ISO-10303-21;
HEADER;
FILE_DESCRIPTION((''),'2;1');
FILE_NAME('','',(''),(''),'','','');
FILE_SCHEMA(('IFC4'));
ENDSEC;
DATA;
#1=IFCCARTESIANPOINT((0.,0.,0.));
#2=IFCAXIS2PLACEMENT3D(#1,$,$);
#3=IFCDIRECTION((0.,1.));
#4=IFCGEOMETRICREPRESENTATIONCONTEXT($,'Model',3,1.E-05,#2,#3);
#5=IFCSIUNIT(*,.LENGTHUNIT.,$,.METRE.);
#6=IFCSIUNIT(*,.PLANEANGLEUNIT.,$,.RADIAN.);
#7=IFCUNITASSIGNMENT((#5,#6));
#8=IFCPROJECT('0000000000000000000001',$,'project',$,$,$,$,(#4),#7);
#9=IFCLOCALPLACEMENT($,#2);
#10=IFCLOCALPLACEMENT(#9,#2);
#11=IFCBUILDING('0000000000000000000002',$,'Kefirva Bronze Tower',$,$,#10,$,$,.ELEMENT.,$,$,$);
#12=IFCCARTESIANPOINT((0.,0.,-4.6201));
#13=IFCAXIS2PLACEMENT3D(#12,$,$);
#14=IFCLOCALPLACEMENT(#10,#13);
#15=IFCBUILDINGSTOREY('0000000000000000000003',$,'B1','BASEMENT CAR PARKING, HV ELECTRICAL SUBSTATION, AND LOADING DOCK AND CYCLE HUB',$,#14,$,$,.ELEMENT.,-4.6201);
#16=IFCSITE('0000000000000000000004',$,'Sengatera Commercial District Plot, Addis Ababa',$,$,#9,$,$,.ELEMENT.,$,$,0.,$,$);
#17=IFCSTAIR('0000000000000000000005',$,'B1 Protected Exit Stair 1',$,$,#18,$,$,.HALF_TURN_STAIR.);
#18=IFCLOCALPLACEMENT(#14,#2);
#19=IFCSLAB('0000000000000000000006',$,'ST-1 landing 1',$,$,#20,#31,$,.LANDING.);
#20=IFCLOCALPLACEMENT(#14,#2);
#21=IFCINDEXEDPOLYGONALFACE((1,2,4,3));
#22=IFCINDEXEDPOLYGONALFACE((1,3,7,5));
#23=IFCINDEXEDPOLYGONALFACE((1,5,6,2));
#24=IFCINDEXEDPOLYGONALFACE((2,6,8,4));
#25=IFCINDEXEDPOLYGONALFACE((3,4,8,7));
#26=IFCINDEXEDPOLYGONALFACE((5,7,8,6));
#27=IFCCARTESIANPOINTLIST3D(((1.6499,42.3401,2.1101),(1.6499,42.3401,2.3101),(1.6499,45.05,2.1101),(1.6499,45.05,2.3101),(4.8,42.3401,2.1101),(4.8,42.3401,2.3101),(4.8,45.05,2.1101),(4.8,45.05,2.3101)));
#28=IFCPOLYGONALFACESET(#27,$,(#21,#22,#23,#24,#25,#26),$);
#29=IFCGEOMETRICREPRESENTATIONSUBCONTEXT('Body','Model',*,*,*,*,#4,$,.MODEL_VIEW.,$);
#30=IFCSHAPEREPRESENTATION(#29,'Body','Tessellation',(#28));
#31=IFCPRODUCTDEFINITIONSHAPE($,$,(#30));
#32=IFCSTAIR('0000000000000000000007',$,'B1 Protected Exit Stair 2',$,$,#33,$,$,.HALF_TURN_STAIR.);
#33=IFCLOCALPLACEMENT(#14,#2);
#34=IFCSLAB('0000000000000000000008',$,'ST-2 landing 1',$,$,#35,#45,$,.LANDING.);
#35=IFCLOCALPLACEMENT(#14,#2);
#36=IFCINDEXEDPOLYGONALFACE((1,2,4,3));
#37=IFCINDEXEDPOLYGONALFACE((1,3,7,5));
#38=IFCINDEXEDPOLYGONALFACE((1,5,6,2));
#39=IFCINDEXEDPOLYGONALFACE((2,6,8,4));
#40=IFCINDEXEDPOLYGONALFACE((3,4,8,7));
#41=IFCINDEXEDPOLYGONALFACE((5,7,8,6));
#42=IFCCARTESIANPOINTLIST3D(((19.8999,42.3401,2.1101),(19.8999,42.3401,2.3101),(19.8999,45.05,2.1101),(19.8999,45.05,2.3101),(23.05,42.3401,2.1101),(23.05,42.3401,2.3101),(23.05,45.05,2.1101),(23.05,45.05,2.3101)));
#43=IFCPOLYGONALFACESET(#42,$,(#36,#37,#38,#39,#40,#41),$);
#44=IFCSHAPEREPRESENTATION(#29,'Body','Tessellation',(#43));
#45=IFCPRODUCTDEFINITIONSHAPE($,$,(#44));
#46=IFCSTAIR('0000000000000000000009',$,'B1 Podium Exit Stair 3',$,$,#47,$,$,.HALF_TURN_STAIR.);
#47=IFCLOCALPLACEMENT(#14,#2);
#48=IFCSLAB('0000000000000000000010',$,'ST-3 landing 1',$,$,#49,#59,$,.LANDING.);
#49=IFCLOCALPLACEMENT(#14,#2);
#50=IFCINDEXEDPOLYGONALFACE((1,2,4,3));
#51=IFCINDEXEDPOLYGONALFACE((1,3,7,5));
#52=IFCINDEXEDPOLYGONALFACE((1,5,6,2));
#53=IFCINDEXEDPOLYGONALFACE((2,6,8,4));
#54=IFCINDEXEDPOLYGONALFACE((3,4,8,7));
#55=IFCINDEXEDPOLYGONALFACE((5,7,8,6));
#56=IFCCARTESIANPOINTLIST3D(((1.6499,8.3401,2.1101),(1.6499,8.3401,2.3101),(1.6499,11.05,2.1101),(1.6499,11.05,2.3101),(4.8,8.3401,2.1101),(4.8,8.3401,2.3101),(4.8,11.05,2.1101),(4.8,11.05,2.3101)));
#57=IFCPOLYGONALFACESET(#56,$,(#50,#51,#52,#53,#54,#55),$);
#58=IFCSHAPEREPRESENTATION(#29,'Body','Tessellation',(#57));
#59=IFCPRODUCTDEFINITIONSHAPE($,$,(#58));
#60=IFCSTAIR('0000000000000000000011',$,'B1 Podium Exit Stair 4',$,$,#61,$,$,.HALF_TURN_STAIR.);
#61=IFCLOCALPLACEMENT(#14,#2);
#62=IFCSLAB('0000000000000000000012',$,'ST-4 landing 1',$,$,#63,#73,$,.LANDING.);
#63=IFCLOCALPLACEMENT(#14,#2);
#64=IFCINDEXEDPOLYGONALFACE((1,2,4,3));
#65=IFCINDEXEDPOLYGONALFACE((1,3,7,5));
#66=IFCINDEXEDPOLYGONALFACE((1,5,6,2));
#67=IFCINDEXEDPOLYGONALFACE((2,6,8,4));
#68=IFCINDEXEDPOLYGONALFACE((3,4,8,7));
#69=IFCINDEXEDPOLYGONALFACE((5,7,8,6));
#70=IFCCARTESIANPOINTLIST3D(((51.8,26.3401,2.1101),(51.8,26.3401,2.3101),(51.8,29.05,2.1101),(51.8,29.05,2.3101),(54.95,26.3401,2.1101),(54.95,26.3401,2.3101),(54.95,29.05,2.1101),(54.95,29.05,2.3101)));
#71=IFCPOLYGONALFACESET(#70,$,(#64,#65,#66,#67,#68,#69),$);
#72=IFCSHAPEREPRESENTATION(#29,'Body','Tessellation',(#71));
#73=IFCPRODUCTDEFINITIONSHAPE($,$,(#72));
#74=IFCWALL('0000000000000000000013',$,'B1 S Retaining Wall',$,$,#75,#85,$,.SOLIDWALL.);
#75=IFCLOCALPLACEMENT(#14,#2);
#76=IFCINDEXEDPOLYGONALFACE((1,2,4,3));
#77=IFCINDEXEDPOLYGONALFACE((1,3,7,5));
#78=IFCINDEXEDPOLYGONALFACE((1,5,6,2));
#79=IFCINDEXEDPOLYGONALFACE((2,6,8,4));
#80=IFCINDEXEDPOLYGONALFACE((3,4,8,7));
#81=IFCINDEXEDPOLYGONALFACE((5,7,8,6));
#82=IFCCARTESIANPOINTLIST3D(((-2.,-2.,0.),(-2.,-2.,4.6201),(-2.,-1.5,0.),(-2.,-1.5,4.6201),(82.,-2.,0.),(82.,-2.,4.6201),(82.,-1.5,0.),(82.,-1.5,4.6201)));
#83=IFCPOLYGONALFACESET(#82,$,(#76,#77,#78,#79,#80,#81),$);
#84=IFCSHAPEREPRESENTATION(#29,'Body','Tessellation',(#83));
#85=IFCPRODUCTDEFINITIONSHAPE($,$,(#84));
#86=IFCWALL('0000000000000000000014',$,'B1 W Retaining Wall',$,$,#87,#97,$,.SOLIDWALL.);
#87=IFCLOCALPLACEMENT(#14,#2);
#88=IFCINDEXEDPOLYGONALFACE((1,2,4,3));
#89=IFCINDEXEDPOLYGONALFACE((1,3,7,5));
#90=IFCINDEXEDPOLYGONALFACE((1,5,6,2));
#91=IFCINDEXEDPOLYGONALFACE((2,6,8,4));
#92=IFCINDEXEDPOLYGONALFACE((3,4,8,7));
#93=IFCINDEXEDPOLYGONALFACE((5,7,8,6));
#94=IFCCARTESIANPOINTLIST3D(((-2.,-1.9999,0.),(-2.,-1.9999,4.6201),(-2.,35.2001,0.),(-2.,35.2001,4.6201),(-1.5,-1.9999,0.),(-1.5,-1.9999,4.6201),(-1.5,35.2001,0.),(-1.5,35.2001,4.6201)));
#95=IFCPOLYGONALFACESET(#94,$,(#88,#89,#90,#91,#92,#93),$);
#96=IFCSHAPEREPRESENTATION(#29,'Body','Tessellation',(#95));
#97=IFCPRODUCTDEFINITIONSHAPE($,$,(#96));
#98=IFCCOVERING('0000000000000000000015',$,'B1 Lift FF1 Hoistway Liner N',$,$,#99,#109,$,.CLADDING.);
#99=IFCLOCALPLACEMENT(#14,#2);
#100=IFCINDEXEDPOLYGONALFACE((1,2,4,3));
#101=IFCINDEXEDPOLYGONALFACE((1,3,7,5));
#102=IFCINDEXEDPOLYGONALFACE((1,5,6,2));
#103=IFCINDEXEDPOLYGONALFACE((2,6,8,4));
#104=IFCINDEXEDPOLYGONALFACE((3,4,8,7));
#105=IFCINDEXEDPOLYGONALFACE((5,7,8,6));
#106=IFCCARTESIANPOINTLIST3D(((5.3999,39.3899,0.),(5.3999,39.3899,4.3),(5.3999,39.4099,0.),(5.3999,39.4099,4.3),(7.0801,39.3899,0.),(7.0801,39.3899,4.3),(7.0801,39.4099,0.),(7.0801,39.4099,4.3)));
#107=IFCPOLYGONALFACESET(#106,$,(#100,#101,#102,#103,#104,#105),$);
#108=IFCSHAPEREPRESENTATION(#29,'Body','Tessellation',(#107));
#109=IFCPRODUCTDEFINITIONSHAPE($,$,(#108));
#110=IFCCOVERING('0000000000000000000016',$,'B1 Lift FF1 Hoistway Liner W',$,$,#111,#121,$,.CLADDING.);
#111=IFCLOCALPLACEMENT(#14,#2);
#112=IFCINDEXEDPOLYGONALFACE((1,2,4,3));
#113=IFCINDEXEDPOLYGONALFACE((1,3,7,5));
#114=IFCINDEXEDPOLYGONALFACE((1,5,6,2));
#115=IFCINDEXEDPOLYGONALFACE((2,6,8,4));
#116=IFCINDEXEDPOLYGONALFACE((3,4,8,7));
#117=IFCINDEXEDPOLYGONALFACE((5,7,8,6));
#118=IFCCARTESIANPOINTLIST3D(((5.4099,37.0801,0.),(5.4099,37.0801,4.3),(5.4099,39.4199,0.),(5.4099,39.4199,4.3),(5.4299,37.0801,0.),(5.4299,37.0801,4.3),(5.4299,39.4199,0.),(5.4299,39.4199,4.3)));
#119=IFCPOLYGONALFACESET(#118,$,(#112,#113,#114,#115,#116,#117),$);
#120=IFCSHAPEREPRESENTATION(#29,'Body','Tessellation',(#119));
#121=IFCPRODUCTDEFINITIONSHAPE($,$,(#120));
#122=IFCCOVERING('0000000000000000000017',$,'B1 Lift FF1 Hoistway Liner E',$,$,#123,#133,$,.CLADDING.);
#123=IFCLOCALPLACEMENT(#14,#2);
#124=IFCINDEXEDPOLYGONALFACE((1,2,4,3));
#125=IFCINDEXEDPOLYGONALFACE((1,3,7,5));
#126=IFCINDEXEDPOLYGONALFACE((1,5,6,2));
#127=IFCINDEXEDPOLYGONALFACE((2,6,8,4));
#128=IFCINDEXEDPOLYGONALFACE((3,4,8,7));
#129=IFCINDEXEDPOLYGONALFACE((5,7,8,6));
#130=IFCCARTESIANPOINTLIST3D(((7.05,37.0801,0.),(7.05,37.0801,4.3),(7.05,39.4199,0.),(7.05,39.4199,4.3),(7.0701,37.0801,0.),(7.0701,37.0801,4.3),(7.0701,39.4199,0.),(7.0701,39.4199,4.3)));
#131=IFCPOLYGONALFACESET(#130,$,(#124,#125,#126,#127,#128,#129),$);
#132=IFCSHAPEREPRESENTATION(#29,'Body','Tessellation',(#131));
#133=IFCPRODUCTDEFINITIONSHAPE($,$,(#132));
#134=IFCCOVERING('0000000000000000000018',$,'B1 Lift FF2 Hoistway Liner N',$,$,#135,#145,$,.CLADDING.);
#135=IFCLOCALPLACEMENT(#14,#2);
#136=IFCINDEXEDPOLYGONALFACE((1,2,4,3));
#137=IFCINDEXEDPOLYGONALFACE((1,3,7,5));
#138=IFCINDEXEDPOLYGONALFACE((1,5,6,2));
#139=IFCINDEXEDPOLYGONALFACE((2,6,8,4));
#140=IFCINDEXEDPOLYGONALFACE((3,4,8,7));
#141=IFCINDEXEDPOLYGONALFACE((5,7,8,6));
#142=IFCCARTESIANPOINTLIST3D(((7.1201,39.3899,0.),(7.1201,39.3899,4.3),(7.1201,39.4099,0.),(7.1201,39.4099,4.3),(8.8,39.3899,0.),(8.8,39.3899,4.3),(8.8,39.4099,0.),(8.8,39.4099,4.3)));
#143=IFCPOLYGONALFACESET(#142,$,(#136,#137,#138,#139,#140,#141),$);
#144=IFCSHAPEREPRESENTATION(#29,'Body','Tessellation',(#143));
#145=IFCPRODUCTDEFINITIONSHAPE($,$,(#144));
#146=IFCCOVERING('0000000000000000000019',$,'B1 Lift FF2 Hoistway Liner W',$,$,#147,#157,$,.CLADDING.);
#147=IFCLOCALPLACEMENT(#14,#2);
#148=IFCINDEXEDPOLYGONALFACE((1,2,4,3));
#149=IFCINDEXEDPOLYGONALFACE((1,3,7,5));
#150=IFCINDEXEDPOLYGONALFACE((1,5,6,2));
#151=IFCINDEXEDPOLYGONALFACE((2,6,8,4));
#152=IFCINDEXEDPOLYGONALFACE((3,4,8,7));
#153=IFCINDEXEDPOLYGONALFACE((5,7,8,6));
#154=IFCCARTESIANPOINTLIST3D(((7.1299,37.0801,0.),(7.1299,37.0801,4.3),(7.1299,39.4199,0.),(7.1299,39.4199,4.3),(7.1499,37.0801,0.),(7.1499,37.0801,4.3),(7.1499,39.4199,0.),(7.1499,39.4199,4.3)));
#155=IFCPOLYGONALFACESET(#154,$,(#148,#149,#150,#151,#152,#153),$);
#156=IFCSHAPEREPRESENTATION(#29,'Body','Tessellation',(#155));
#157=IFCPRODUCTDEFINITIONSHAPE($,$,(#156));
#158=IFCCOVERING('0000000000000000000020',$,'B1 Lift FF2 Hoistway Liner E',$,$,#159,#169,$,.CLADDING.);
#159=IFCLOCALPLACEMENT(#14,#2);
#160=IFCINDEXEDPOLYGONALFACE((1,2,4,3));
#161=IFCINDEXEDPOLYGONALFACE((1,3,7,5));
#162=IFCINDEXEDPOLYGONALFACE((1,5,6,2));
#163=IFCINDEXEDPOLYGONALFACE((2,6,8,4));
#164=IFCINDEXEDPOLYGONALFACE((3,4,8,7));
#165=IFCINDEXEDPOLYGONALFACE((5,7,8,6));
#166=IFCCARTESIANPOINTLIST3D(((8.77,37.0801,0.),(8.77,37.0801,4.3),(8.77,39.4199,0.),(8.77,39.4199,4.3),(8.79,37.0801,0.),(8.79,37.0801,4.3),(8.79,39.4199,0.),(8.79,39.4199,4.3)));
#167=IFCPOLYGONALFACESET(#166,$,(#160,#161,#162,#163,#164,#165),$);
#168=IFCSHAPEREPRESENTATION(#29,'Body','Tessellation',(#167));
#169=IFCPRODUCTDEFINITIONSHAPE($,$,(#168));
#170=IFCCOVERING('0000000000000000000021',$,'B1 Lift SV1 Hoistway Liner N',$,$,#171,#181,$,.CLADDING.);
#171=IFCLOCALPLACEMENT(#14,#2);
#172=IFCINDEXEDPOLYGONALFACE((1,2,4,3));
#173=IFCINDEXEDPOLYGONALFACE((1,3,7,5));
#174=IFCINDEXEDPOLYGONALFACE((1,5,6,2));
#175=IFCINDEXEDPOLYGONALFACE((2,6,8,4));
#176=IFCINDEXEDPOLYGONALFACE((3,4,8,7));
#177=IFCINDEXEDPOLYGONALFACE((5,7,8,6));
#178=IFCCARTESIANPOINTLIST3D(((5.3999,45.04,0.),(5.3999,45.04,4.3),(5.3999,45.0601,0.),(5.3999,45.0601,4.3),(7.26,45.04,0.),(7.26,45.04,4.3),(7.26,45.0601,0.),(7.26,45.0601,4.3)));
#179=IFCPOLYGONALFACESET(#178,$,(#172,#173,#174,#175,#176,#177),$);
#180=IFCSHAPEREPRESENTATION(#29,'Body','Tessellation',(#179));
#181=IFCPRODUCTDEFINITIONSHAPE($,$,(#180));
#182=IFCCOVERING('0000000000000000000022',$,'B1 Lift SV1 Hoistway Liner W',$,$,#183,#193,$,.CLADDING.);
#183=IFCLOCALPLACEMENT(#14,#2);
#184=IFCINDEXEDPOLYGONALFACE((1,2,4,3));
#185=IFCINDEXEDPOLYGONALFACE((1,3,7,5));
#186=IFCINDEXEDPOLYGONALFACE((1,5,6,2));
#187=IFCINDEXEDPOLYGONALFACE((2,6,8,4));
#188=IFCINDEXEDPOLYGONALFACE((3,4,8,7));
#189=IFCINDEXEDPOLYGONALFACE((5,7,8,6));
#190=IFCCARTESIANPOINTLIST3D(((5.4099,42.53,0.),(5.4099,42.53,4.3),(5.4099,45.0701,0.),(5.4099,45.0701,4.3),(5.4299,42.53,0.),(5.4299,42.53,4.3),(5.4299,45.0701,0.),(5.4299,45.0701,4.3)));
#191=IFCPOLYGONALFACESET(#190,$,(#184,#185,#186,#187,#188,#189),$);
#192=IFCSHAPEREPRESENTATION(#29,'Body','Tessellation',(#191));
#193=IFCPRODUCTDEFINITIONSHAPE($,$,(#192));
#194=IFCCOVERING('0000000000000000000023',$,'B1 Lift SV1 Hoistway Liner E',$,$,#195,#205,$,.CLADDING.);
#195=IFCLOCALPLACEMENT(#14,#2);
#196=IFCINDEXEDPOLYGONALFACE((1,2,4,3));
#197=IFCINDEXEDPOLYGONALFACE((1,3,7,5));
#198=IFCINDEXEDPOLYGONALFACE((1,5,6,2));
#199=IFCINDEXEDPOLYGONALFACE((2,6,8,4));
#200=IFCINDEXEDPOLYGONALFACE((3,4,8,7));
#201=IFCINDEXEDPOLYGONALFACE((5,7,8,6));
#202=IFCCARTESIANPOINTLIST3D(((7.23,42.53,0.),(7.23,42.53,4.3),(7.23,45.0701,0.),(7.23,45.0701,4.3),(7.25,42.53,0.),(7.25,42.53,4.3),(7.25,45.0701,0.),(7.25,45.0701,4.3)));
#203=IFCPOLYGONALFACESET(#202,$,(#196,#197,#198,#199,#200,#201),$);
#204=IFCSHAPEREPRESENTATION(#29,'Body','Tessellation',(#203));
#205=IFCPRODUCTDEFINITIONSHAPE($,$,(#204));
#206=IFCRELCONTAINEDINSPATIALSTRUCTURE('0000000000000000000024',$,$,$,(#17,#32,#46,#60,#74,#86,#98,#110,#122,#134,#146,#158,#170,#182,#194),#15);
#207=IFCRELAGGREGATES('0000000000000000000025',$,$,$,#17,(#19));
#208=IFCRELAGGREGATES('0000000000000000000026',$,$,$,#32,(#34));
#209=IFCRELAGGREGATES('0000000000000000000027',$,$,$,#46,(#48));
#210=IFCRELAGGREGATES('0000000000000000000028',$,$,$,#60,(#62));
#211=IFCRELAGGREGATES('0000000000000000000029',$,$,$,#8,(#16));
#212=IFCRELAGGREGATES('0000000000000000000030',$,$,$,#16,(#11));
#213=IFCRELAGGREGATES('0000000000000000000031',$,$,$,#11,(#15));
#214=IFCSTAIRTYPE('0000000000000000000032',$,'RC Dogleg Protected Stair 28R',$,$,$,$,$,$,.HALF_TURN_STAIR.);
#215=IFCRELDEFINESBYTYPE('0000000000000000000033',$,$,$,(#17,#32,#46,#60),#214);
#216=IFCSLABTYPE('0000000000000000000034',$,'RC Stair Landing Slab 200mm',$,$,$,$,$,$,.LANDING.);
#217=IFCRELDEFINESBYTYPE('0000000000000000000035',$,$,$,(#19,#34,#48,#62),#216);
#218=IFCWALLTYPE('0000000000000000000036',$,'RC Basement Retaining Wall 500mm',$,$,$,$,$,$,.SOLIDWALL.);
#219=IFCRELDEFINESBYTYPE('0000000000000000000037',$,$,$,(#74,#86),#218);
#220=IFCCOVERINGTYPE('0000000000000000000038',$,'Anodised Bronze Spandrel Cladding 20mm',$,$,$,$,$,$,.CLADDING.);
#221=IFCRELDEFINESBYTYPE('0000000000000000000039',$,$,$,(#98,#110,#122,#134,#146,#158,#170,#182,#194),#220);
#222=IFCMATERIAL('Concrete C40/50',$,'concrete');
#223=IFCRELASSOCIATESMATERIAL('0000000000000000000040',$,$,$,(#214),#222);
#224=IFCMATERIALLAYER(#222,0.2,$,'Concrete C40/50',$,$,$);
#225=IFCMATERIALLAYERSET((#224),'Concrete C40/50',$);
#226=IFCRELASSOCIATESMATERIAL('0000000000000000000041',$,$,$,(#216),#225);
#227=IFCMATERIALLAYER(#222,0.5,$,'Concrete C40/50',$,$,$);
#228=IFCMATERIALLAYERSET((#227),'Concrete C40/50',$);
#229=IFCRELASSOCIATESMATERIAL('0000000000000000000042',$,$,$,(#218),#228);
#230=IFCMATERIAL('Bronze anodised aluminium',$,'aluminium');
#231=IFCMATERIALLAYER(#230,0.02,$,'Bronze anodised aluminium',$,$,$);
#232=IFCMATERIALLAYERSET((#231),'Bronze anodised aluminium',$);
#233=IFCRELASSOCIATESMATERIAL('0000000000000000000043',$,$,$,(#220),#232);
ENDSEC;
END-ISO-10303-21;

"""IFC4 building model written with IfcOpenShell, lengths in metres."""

from ifc_helpers import new_model, si_unit, direction, frame, frame_2d, origin, place, context, subcontext, project, spatial, polyline, rectangle, outline, extrude, material, layer, layer_set, type_object, element, aggregate, save


model = new_model("IFC4")

# Units and contexts
model_context = context("Model", 3, precision=1e-05, world=origin(), true_north=direction((0.0, 1.0)))
body_context = subcontext(model_context, "Body", "Model", "MODEL_VIEW")
ifc_project = project(units=[si_unit("LENGTHUNIT", "METRE"), si_unit("PLANEANGLEUNIT", "RADIAN")], contexts=[model_context])

# Site, building, storey
site_placement = place(None, origin())
site = spatial("IfcSite", under=ifc_project, at=site_placement, Name="Sengatera Commercial District Plot, Addis Ababa", CompositionType="ELEMENT", RefElevation=0.0)
building_placement = place(site_placement, origin())
building = spatial("IfcBuilding", under=site, at=building_placement, Name="Kefirva Bronze Tower", CompositionType="ELEMENT")
storey_placement = place(building_placement, frame((0.0, 0.0, -4.6201)))
storey = spatial("IfcBuildingStorey", under=building, at=storey_placement, Name="B1", Description="BASEMENT CAR PARKING, HV ELECTRICAL SUBSTATION, AND LOADING DOCK AND CYCLE HUB", CompositionType="ELEMENT", Elevation=-4.6201)

# Shared definitions
ifc_material_1 = material(Name="Concrete C40/50", Category="concrete")

# Stairs, slabs
stair_type = type_object("IfcStairType", Name="RC Dogleg Protected Stair 28R", PredefinedType="HALF_TURN_STAIR", material=ifc_material_1)
stair_1_placement = place(storey_placement, origin())
stair_1 = element("IfcStair", 1, at=stair_1_placement, inside=storey, type_object=stair_type, Name="B1 Protected Exit Stair 1", PredefinedType="HALF_TURN_STAIR")
ifc_layer_1 = layer(ifc_material_1, 0.2, Name="Concrete C40/50")
ifc_layer_set_1 = layer_set([ifc_layer_1], Name="Concrete C40/50")
slab_type_1 = type_object("IfcSlabType", Name="RC Stair Landing Slab 200mm", PredefinedType="LANDING", material=ifc_layer_set_1)
slab_1_placement = place(storey_placement, frame((0.0, 0.0, 2.1101)))
slab_1 = element("IfcSlab", 2, at=slab_1_placement, type_object=slab_type_1, Name="ST-1 landing 1", PredefinedType="LANDING", context=body_context, shape_type="SweptSolid", body=[
    extrude(outline(polyline([(4.8, 42.3401), (4.8, 45.05), (1.6499, 45.05), (1.6499, 42.3401), (4.8, 42.3401)])), origin(), (0.0, 0.0, 1.0), 0.2),
])
aggregate(stair_1, [slab_1])
stair_2_placement = place(storey_placement, origin())
stair_2 = element("IfcStair", 3, at=stair_2_placement, inside=storey, type_object=stair_type, Name="B1 Protected Exit Stair 2", PredefinedType="HALF_TURN_STAIR")
slab_2_placement = place(storey_placement, frame((0.0, 0.0, 2.1101)))
slab_2 = element("IfcSlab", 4, at=slab_2_placement, type_object=slab_type_1, Name="ST-2 landing 1", PredefinedType="LANDING", context=body_context, shape_type="SweptSolid", body=[
    extrude(outline(polyline([(23.05, 42.3401), (23.05, 45.05), (19.8999, 45.05), (19.8999, 42.3401), (23.05, 42.3401)])), origin(), (0.0, 0.0, 1.0), 0.2),
])
aggregate(stair_2, [slab_2])
stair_3_placement = place(storey_placement, origin())
stair_3 = element("IfcStair", 5, at=stair_3_placement, inside=storey, type_object=stair_type, Name="B1 Podium Exit Stair 3", PredefinedType="HALF_TURN_STAIR")
slab_3_placement = place(storey_placement, frame((0.0, 0.0, 2.1101)))
slab_3 = element("IfcSlab", 6, at=slab_3_placement, type_object=slab_type_1, Name="ST-3 landing 1", PredefinedType="LANDING", context=body_context, shape_type="SweptSolid", body=[
    extrude(outline(polyline([(4.8, 8.3401), (4.8, 11.05), (1.6499, 11.05), (1.6499, 8.3401), (4.8, 8.3401)])), origin(), (0.0, 0.0, 1.0), 0.2),
])
aggregate(stair_3, [slab_3])
stair_4_placement = place(storey_placement, origin())
stair_4 = element("IfcStair", 7, at=stair_4_placement, inside=storey, type_object=stair_type, Name="B1 Podium Exit Stair 4", PredefinedType="HALF_TURN_STAIR")
slab_4_placement = place(storey_placement, frame((0.0, 0.0, 2.1101)))
slab_4 = element("IfcSlab", 8, at=slab_4_placement, type_object=slab_type_1, Name="ST-4 landing 1", PredefinedType="LANDING", context=body_context, shape_type="SweptSolid", body=[
    extrude(outline(polyline([(54.95, 26.3401), (54.95, 29.05), (51.8, 29.05), (51.8, 26.3401), (54.95, 26.3401)])), origin(), (0.0, 0.0, 1.0), 0.2),
])
aggregate(stair_4, [slab_4])

# Walls
ifc_layer_2 = layer(ifc_material_1, 0.5, Name="Concrete C40/50")
ifc_layer_set_2 = layer_set([ifc_layer_2], Name="Concrete C40/50")
wall_type = type_object("IfcWallType", Name="RC Basement Retaining Wall 500mm", PredefinedType="SOLIDWALL", material=ifc_layer_set_2)
wall_1_placement = place(storey_placement, frame((-2.0, -1.75, 0.0), z_axis=(0.0, 0.0, 1.0), x_axis=(1.0, 0.0, 0.0)))
element("IfcWall", 9, at=wall_1_placement, inside=storey, type_object=wall_type, Name="B1 S Retaining Wall", PredefinedType="SOLIDWALL", context=body_context, shape_type="SweptSolid", body=[
    extrude(rectangle(XDim=84.0, YDim=0.5, at=frame_2d((42.0, 0.0))), origin(), (0.0, 0.0, 1.0), 4.6201),
])
wall_2_placement = place(storey_placement, frame((-1.75, -2.0, 0.0), z_axis=(0.0, 0.0, 1.0), x_axis=(0.0, 1.0, 0.0)))
element("IfcWall", 10, at=wall_2_placement, inside=storey, type_object=wall_type, Name="B1 W Retaining Wall", PredefinedType="SOLIDWALL", context=body_context, shape_type="SweptSolid", body=[
    extrude(rectangle(XDim=37.2, YDim=0.5, at=frame_2d((18.6001, 0.0))), origin(), (0.0, 0.0, 1.0), 4.6201),
])

# Coverings
ifc_material_2 = material(Name="Bronze anodised aluminium", Category="aluminium")
ifc_layer_3 = layer(ifc_material_2, 0.02, Name="Bronze anodised aluminium")
ifc_layer_set_3 = layer_set([ifc_layer_3], Name="Bronze anodised aluminium")
covering_type = type_object("IfcCoveringType", Name="Anodised Bronze Spandrel Cladding 20mm", PredefinedType="CLADDING", material=ifc_layer_set_3)
covering_1_placement = place(storey_placement, origin())
element("IfcCovering", 11, at=covering_1_placement, inside=storey, type_object=covering_type, Name="B1 Lift FF1 Hoistway Liner N", PredefinedType="CLADDING", context=body_context, shape_type="SweptSolid", body=[
    extrude(outline(polyline([(5.3999, 39.3899), (7.0801, 39.3899), (7.0801, 39.4099), (5.3999, 39.4099), (5.3999, 39.3899)])), origin(), (0.0, 0.0, 1.0), 4.3),
])
covering_2_placement = place(storey_placement, origin())
element("IfcCovering", 12, at=covering_2_placement, inside=storey, type_object=covering_type, Name="B1 Lift FF1 Hoistway Liner W", PredefinedType="CLADDING", context=body_context, shape_type="SweptSolid", body=[
    extrude(outline(polyline([(5.4099, 37.0801), (5.4299, 37.0801), (5.4299, 39.4199), (5.4099, 39.4199), (5.4099, 37.0801)])), origin(), (0.0, 0.0, 1.0), 4.3),
])
covering_3_placement = place(storey_placement, origin())
element("IfcCovering", 13, at=covering_3_placement, inside=storey, type_object=covering_type, Name="B1 Lift FF1 Hoistway Liner E", PredefinedType="CLADDING", context=body_context, shape_type="SweptSolid", body=[
    extrude(outline(polyline([(7.05, 37.0801), (7.0701, 37.0801), (7.0701, 39.4199), (7.05, 39.4199), (7.05, 37.0801)])), origin(), (0.0, 0.0, 1.0), 4.3),
])
covering_4_placement = place(storey_placement, origin())
element("IfcCovering", 14, at=covering_4_placement, inside=storey, type_object=covering_type, Name="B1 Lift FF2 Hoistway Liner N", PredefinedType="CLADDING", context=body_context, shape_type="SweptSolid", body=[
    extrude(outline(polyline([(7.1201, 39.3899), (8.8, 39.3899), (8.8, 39.4099), (7.1201, 39.4099), (7.1201, 39.3899)])), origin(), (0.0, 0.0, 1.0), 4.3),
])
covering_5_placement = place(storey_placement, origin())
element("IfcCovering", 15, at=covering_5_placement, inside=storey, type_object=covering_type, Name="B1 Lift FF2 Hoistway Liner W", PredefinedType="CLADDING", context=body_context, shape_type="SweptSolid", body=[
    extrude(outline(polyline([(7.1299, 37.0801), (7.1499, 37.0801), (7.1499, 39.4199), (7.1299, 39.4199), (7.1299, 37.0801)])), origin(), (0.0, 0.0, 1.0), 4.3),
])
covering_6_placement = place(storey_placement, origin())
element("IfcCovering", 16, at=covering_6_placement, inside=storey, type_object=covering_type, Name="B1 Lift FF2 Hoistway Liner E", PredefinedType="CLADDING", context=body_context, shape_type="SweptSolid", body=[
    extrude(outline(polyline([(8.77, 37.0801), (8.79, 37.0801), (8.79, 39.4199), (8.77, 39.4199), (8.77, 37.0801)])), origin(), (0.0, 0.0, 1.0), 4.3),
])
covering_7_placement = place(storey_placement, origin())
element("IfcCovering", 17, at=covering_7_placement, inside=storey, type_object=covering_type, Name="B1 Lift SV1 Hoistway Liner N", PredefinedType="CLADDING", context=body_context, shape_type="SweptSolid", body=[
    extrude(outline(polyline([(5.3999, 45.04), (7.26, 45.04), (7.26, 45.0601), (5.3999, 45.0601), (5.3999, 45.04)])), origin(), (0.0, 0.0, 1.0), 4.3),
])
covering_8_placement = place(storey_placement, origin())
element("IfcCovering", 18, at=covering_8_placement, inside=storey, type_object=covering_type, Name="B1 Lift SV1 Hoistway Liner W", PredefinedType="CLADDING", context=body_context, shape_type="SweptSolid", body=[
    extrude(outline(polyline([(5.4099, 42.53), (5.4299, 42.53), (5.4299, 45.0701), (5.4099, 45.0701), (5.4099, 42.53)])), origin(), (0.0, 0.0, 1.0), 4.3),
])
covering_9_placement = place(storey_placement, origin())
element("IfcCovering", 19, at=covering_9_placement, inside=storey, type_object=covering_type, Name="B1 Lift SV1 Hoistway Liner E", PredefinedType="CLADDING", context=body_context, shape_type="SweptSolid", body=[
    extrude(outline(polyline([(7.23, 42.53), (7.25, 42.53), (7.25, 45.0701), (7.23, 45.0701), (7.23, 42.53)])), origin(), (0.0, 0.0, 1.0), 4.3),
])

save(model, "model.ifc")
